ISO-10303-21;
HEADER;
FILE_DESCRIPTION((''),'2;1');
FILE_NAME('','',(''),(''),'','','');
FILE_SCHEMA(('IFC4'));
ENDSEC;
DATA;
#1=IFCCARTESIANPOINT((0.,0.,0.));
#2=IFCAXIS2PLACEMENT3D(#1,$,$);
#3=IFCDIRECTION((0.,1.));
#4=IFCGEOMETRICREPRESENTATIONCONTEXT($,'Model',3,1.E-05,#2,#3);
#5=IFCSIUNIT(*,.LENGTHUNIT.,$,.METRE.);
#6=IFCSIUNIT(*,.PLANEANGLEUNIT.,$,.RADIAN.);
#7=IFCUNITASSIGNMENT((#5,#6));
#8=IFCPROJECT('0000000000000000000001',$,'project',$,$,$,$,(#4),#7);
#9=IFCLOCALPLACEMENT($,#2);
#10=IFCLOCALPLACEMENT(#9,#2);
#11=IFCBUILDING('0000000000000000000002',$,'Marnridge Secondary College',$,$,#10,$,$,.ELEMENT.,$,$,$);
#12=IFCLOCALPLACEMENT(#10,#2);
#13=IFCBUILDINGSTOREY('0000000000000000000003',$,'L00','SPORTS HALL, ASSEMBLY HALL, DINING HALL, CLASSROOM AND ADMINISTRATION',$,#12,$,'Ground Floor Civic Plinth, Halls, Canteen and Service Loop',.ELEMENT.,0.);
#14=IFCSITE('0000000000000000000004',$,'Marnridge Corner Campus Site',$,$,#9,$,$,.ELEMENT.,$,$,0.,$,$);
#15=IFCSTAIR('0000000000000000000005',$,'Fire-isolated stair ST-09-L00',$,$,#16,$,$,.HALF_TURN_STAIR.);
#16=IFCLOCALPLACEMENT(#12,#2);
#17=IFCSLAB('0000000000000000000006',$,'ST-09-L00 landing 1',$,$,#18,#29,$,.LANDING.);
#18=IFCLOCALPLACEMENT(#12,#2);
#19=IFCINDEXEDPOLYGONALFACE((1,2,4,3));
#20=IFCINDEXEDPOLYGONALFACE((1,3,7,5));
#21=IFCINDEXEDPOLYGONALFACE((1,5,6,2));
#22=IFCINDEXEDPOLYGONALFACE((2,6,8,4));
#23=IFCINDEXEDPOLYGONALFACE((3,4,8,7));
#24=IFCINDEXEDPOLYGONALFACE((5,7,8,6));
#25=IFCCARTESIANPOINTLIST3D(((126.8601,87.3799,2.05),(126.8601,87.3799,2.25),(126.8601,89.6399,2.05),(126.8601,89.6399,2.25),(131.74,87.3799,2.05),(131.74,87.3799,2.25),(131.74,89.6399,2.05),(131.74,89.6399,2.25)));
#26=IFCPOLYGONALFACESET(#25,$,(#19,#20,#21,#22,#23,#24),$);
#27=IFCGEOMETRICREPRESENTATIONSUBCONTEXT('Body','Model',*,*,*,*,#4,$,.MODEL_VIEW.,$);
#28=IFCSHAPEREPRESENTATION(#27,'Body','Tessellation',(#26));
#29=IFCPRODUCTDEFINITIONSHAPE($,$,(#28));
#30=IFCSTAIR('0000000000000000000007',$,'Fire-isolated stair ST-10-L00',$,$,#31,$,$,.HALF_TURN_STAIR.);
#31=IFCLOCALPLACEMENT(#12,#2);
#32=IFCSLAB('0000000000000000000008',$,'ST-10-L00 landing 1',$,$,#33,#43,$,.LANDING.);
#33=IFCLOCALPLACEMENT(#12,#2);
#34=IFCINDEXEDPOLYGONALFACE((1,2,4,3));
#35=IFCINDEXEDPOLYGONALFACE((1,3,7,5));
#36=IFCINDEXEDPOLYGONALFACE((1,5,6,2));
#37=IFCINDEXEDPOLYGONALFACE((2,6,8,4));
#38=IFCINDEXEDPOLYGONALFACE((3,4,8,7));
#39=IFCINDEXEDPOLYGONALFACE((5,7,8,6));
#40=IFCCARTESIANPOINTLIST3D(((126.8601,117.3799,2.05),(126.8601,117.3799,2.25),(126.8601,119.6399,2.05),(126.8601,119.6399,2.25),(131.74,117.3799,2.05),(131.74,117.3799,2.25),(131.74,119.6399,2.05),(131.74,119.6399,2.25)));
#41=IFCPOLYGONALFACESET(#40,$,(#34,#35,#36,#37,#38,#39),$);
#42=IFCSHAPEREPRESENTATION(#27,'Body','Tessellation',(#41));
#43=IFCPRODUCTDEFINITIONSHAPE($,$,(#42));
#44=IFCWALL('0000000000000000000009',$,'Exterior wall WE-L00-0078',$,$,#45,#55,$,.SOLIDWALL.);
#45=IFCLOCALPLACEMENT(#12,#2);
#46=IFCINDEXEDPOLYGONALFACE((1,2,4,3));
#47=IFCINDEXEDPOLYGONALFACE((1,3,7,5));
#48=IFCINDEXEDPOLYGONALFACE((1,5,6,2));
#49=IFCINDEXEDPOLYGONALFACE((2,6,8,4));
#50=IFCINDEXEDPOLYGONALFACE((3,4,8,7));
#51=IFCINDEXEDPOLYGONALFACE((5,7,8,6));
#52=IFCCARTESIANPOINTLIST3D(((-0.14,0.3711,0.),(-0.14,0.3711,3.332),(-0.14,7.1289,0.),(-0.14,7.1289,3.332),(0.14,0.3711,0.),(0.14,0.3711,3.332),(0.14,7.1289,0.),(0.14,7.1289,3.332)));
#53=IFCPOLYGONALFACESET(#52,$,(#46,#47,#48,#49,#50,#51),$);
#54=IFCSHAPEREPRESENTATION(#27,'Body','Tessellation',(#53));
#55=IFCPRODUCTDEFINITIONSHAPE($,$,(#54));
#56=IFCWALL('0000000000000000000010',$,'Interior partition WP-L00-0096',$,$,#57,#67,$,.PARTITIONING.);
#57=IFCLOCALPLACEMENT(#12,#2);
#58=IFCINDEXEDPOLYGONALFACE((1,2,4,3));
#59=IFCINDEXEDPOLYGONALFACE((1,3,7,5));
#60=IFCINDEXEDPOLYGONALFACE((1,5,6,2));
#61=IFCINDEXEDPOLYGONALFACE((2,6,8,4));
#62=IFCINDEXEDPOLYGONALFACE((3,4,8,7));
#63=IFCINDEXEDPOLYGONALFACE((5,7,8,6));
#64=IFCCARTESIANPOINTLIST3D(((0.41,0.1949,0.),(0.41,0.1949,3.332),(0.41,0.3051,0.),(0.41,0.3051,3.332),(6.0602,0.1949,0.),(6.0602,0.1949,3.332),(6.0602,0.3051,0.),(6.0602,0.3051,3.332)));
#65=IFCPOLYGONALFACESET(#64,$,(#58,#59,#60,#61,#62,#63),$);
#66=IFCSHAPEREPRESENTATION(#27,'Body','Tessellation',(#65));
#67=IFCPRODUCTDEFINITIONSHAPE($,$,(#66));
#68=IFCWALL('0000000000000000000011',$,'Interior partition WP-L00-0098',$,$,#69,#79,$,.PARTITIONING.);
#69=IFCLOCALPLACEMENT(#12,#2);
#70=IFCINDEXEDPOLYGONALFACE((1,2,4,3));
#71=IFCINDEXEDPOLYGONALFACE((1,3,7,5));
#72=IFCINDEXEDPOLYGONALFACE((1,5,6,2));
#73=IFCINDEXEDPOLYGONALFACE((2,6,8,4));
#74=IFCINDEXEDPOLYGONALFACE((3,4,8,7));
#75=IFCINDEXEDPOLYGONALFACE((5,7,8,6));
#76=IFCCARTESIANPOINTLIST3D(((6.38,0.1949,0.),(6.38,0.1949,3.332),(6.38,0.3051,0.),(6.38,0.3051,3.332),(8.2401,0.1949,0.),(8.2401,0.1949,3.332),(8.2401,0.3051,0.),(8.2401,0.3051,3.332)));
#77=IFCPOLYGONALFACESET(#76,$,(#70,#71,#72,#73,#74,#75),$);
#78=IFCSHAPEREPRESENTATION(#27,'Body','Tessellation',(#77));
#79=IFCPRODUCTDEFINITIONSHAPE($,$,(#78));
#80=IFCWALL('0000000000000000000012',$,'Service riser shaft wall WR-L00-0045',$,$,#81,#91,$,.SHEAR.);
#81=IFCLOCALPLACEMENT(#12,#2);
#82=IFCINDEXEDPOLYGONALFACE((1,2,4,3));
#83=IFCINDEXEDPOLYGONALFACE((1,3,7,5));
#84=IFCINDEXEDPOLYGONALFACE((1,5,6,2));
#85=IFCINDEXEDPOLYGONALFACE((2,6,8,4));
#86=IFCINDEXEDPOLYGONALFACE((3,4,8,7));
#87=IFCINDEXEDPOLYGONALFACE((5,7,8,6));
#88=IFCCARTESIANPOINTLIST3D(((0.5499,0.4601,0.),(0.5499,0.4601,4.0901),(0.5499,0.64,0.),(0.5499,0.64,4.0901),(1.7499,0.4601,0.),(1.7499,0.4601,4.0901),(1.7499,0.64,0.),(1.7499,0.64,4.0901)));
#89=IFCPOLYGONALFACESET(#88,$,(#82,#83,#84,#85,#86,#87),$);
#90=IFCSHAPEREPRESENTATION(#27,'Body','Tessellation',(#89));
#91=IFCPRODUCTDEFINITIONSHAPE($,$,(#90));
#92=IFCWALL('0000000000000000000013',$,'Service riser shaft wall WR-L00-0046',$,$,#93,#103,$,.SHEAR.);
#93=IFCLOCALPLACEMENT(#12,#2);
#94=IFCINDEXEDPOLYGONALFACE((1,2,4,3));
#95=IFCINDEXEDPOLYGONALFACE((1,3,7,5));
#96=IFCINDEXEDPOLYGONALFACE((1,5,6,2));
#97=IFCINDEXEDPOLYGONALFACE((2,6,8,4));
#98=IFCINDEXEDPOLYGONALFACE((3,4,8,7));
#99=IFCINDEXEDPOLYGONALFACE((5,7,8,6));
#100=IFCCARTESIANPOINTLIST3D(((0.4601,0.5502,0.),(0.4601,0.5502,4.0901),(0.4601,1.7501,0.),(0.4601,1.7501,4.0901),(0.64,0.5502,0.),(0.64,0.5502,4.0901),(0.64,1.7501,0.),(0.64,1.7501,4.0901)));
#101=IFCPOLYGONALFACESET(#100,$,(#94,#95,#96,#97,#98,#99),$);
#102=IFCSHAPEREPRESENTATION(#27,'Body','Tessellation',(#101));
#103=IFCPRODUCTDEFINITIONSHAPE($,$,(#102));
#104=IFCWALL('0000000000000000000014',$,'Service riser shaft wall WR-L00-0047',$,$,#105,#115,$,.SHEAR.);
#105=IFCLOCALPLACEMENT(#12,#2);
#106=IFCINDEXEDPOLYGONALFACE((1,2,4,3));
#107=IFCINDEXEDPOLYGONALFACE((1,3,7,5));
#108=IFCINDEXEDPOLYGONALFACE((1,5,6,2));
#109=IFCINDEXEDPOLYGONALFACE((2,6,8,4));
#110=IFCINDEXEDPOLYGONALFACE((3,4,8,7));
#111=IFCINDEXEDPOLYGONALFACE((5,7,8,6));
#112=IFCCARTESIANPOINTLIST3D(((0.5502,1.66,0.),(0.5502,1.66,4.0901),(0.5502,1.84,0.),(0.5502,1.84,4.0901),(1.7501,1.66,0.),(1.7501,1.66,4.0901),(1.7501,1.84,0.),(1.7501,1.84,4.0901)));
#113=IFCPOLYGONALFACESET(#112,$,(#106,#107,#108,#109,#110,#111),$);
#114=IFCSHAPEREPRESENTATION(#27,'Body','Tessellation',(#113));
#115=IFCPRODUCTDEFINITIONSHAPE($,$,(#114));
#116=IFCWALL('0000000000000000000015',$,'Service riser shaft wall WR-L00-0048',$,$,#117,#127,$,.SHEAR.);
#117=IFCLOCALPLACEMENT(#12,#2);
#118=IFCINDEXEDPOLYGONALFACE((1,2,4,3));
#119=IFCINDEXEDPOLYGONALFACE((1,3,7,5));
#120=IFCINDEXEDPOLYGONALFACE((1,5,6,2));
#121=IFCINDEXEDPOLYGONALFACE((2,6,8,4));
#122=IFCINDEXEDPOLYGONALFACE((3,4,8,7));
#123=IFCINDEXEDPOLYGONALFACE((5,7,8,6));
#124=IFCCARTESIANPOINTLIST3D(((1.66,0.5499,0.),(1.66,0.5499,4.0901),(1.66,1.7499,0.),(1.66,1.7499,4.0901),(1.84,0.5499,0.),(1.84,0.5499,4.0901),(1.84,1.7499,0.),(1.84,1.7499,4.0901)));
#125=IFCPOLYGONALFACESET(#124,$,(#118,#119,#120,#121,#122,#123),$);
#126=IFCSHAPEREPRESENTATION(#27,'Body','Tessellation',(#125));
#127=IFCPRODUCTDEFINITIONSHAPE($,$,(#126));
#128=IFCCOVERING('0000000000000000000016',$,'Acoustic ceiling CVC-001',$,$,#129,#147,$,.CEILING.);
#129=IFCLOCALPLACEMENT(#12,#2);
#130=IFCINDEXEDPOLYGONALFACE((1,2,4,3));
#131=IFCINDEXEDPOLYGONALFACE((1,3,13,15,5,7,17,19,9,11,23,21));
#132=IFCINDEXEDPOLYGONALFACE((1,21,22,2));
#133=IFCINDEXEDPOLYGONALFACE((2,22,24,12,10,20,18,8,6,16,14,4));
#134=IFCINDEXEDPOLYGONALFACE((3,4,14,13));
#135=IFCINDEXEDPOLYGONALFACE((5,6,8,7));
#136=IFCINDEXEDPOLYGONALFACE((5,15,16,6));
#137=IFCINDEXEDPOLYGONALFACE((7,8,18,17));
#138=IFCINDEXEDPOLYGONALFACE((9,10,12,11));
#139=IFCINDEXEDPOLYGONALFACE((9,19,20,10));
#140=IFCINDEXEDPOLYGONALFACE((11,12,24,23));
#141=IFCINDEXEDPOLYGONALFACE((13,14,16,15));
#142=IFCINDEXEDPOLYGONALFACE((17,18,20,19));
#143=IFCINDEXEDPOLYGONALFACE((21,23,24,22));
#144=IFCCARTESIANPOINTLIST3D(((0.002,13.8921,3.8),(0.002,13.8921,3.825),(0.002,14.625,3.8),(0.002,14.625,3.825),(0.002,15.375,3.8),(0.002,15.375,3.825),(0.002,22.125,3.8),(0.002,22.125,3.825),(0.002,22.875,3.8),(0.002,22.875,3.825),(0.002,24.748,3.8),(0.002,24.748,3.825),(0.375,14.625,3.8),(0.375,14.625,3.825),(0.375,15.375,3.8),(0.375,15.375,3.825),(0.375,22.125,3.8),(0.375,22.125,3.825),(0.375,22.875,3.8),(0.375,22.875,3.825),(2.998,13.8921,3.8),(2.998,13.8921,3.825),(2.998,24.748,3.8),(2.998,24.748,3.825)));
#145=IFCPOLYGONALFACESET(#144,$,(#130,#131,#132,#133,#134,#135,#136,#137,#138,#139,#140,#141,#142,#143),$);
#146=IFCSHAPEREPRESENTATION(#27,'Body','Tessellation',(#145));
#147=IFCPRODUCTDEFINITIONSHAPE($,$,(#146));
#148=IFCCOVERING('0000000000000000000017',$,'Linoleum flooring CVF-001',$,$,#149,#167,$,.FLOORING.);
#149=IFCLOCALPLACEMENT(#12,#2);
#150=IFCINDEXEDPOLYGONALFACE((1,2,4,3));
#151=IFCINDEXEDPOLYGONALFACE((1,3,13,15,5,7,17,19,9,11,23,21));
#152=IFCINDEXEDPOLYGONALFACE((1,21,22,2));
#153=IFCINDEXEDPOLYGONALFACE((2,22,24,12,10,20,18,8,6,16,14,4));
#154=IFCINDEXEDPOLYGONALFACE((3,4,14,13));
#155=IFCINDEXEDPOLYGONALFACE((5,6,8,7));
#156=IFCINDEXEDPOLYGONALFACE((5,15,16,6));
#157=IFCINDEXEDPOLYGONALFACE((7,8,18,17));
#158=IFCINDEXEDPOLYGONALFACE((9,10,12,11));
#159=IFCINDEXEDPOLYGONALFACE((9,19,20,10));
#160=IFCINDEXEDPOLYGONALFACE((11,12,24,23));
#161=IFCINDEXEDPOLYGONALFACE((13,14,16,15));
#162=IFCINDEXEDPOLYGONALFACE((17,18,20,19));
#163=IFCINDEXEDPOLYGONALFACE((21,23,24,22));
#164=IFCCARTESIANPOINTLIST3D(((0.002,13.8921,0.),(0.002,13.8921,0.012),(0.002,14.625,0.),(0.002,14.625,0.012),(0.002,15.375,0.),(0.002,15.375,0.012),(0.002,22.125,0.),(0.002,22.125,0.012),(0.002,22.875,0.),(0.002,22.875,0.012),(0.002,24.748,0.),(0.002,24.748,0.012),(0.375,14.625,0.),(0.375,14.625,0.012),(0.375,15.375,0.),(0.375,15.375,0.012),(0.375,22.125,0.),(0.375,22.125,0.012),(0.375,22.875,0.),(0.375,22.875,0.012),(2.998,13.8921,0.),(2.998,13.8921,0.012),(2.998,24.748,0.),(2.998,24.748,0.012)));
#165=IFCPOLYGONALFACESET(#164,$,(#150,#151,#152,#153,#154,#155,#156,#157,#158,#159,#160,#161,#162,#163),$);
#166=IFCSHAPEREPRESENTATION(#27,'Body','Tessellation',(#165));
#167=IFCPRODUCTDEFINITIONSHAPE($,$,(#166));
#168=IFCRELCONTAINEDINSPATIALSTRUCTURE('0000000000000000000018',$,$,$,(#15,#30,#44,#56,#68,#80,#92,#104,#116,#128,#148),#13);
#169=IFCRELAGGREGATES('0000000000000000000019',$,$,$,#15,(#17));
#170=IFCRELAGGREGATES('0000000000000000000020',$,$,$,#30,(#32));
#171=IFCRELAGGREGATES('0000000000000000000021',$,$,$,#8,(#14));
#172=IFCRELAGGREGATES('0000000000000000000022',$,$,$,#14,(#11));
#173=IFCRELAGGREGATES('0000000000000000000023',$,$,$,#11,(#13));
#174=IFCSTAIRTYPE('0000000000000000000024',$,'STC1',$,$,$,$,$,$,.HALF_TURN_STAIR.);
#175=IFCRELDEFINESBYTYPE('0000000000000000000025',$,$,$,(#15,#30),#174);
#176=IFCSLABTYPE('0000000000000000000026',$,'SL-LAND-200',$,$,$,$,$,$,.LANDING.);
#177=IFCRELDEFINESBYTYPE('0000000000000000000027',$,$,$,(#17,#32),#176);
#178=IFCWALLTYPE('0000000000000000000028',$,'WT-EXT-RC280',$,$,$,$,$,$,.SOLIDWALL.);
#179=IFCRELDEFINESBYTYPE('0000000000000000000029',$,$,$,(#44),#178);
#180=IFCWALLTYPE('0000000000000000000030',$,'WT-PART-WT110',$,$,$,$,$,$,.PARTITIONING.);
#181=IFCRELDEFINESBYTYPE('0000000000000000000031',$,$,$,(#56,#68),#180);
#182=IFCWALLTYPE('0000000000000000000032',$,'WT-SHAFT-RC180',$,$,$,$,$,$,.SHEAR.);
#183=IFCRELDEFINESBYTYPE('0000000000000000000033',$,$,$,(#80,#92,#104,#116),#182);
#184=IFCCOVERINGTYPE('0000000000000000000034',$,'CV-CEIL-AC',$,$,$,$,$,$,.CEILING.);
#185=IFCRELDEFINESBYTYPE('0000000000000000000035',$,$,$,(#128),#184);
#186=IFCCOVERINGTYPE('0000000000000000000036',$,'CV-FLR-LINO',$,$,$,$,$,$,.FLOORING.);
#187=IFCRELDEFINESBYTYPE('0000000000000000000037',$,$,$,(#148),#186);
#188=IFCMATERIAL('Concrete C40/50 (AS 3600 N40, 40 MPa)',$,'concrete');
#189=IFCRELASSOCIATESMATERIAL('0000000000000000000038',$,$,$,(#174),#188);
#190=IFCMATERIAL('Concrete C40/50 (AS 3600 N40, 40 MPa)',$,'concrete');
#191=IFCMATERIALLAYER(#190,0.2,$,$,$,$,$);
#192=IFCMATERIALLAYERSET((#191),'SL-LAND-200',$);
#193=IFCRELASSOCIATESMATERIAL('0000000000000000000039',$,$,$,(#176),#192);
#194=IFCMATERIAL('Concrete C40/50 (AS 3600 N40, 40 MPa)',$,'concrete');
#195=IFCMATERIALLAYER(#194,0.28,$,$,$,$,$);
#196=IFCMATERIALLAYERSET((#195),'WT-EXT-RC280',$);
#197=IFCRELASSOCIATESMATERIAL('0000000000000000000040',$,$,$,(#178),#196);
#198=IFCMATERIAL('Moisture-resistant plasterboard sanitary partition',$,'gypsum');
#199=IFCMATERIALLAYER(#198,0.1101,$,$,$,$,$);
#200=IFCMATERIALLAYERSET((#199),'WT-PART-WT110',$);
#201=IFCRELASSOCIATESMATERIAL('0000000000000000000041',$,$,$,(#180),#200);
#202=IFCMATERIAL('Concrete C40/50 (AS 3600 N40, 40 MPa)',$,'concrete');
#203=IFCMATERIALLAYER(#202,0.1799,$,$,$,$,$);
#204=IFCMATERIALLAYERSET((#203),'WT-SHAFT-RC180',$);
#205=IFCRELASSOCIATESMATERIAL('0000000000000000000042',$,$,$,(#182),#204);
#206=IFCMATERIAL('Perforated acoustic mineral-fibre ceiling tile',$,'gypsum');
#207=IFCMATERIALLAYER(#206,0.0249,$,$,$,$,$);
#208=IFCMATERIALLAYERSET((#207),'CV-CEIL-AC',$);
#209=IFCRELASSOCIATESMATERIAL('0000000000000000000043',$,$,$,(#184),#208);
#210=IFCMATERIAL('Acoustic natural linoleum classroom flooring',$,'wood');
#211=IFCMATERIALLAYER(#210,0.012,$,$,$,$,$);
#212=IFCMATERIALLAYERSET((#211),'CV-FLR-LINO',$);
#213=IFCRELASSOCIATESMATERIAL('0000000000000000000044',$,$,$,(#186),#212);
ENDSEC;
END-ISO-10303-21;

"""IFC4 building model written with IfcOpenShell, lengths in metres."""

from ifc_helpers import new_model, si_unit, direction, frame, frame_2d, origin, place, context, subcontext, project, spatial, polyline, rectangle, outline, extrude, material, layer, layer_set, type_object, element, aggregate, save


model = new_model("IFC4")

# Units and contexts
model_context = context("Model", 3, precision=1e-05, world=origin(), true_north=direction((0.0, 1.0)))
body_context = subcontext(model_context, "Body", "Model", "MODEL_VIEW")
ifc_project = project(units=[si_unit("LENGTHUNIT", "METRE"), si_unit("PLANEANGLEUNIT", "RADIAN")], contexts=[model_context])

# Site, building, storey
site_placement = place(None, origin())
site = spatial("IfcSite", under=ifc_project, at=site_placement, Name="Marnridge Corner Campus Site", CompositionType="ELEMENT", RefElevation=0.0)
building_placement = place(site_placement, origin())
building = spatial("IfcBuilding", under=site, at=building_placement, Name="Marnridge Secondary College", CompositionType="ELEMENT")
storey_placement = place(building_placement, origin())
storey = spatial("IfcBuildingStorey", under=building, at=storey_placement, Name="L00", Description="SPORTS HALL, ASSEMBLY HALL, DINING HALL, CLASSROOM AND ADMINISTRATION", LongName="Ground Floor Civic Plinth, Halls, Canteen and Service Loop", CompositionType="ELEMENT", Elevation=0.0)

# Stairs, slabs
ifc_material_1 = material(Name="Concrete C40/50 (AS 3600 N40, 40 MPa)", Category="concrete")
stair_type = type_object("IfcStairType", Name="STC1", PredefinedType="HALF_TURN_STAIR", material=ifc_material_1)
ifc_material_2 = material(Name="Concrete C40/50 (AS 3600 N40, 40 MPa)", Category="concrete")
ifc_layer_1 = layer(ifc_material_2, 0.2)
ifc_layer_set_1 = layer_set([ifc_layer_1], Name="SL-LAND-200")
slab_type = type_object("IfcSlabType", Name="SL-LAND-200", PredefinedType="LANDING", material=ifc_layer_set_1)
stair_1_placement = place(storey_placement, origin())
stair_1 = element("IfcStair", 1, at=stair_1_placement, inside=storey, type_object=stair_type, Name="Fire-isolated stair ST-09-L00", PredefinedType="HALF_TURN_STAIR")
slab_1_placement = place(storey_placement, frame((0.0, 0.0, 2.05)))
slab_1 = element("IfcSlab", 2, at=slab_1_placement, type_object=slab_type, Name="ST-09-L00 landing 1", PredefinedType="LANDING", context=body_context, shape_type="SweptSolid", body=[
    extrude(outline(polyline([(126.8601, 87.3799), (131.74, 87.3799), (131.74, 89.6399), (126.8601, 89.6399), (126.8601, 87.3799)])), origin(), (0.0, 0.0, 1.0), 0.2),
])
aggregate(stair_1, [slab_1])
stair_2_placement = place(storey_placement, origin())
stair_2 = element("IfcStair", 3, at=stair_2_placement, inside=storey, type_object=stair_type, Name="Fire-isolated stair ST-10-L00", PredefinedType="HALF_TURN_STAIR")
slab_2_placement = place(storey_placement, frame((0.0, 0.0, 2.05)))
slab_2 = element("IfcSlab", 4, at=slab_2_placement, type_object=slab_type, Name="ST-10-L00 landing 1", PredefinedType="LANDING", context=body_context, shape_type="SweptSolid", body=[
    extrude(outline(polyline([(126.8601, 117.3799), (131.74, 117.3799), (131.74, 119.6399), (126.8601, 119.6399), (126.8601, 117.3799)])), origin(), (0.0, 0.0, 1.0), 0.2),
])
aggregate(stair_2, [slab_2])

# Walls
ifc_material_3 = material(Name="Concrete C40/50 (AS 3600 N40, 40 MPa)", Category="concrete")
ifc_layer_2 = layer(ifc_material_3, 0.28)
ifc_layer_set_2 = layer_set([ifc_layer_2], Name="WT-EXT-RC280")
wall_type_1 = type_object("IfcWallType", Name="WT-EXT-RC280", PredefinedType="SOLIDWALL", material=ifc_layer_set_2)
wall_1_placement = place(storey_placement, frame((0.0, 0.3711, 0.0), z_axis=(0.0, 0.0, 1.0), x_axis=(0.0, 1.0, 0.0)))
element("IfcWall", 5, at=wall_1_placement, inside=storey, type_object=wall_type_1, Name="Exterior wall WE-L00-0078", PredefinedType="SOLIDWALL", context=body_context, shape_type="SweptSolid", body=[
    extrude(rectangle(XDim=6.7578, YDim=0.28, at=frame_2d((3.3789, 0.0))), origin(), (0.0, 0.0, 1.0), 3.332),
])
ifc_material_4 = material(Name="Moisture-resistant plasterboard sanitary partition", Category="gypsum")
ifc_layer_3 = layer(ifc_material_4, 0.1101)
ifc_layer_set_3 = layer_set([ifc_layer_3], Name="WT-PART-WT110")
wall_type_2 = type_object("IfcWallType", Name="WT-PART-WT110", PredefinedType="PARTITIONING", material=ifc_layer_set_3)
wall_2_placement = place(storey_placement, frame((0.4099, 0.25, 0.0), z_axis=(0.0, 0.0, 1.0), x_axis=(1.0, 0.0, 0.0)))
element("IfcWall", 6, at=wall_2_placement, inside=storey, type_object=wall_type_2, Name="Interior partition WP-L00-0096", PredefinedType="PARTITIONING", context=body_context, shape_type="SweptSolid", body=[
    extrude(rectangle(XDim=5.6501, YDim=0.1101, at=frame_2d((2.8252, 0.0))), origin(), (0.0, 0.0, 1.0), 3.332),
])
wall_3_placement = place(storey_placement, frame((6.3799, 0.25, 0.0), z_axis=(0.0, 0.0, 1.0), x_axis=(1.0, 0.0, 0.0)))
element("IfcWall", 7, at=wall_3_placement, inside=storey, type_object=wall_type_2, Name="Interior partition WP-L00-0098", PredefinedType="PARTITIONING", context=body_context, shape_type="SweptSolid", body=[
    extrude(rectangle(XDim=1.8601, YDim=0.1101, at=frame_2d((0.9302, 0.0))), origin(), (0.0, 0.0, 1.0), 3.332),
])
ifc_material_5 = material(Name="Concrete C40/50 (AS 3600 N40, 40 MPa)", Category="concrete")
ifc_layer_4 = layer(ifc_material_5, 0.1799)
ifc_layer_set_4 = layer_set([ifc_layer_4], Name="WT-SHAFT-RC180")
wall_type_3 = type_object("IfcWallType", Name="WT-SHAFT-RC180", PredefinedType="SHEAR", material=ifc_layer_set_4)
for number, where, z_axis, x_axis, name in (
    (8, (1.75, 0.55, 0.0), (0.0, 0.0, 1.0), (-1.0, 0.0, 0.0), "Service riser shaft wall WR-L00-0045"),
    (9, (0.55, 0.55, 0.0), (0.0, 0.0, 1.0), (0.0, 1.0, 0.0), "Service riser shaft wall WR-L00-0046"),
    (10, (0.55, 1.75, 0.0), (0.0, 0.0, 1.0), (1.0, 0.0, 0.0), "Service riser shaft wall WR-L00-0047"),
    (11, (1.75, 1.75, 0.0), (0.0, 0.0, 1.0), (0.0, -1.0, 0.0), "Service riser shaft wall WR-L00-0048"),
):
    element("IfcWall", number, at=place(storey_placement, frame(where, z_axis=z_axis, x_axis=x_axis)), inside=storey, type_object=wall_type_3, Name=name, PredefinedType="SHEAR", context=body_context, shape_type="SweptSolid", body=[
        extrude(rectangle(XDim=1.2, YDim=0.1799, at=frame_2d((0.6001, 0.0))), origin(), (0.0, 0.0, 1.0), 4.0901),
    ])

# Coverings
ifc_material_6 = material(Name="Perforated acoustic mineral-fibre ceiling tile", Category="gypsum")
ifc_layer_5 = layer(ifc_material_6, 0.0249)
ifc_layer_set_5 = layer_set([ifc_layer_5], Name="CV-CEIL-AC")
covering_type_1 = type_object("IfcCoveringType", Name="CV-CEIL-AC", PredefinedType="CEILING", material=ifc_layer_set_5)
covering_1_placement = place(storey_placement, frame((0.0, 0.0, 3.8)))
element("IfcCovering", 12, at=covering_1_placement, inside=storey, type_object=covering_type_1, Name="Acoustic ceiling CVC-001", PredefinedType="CEILING", context=body_context, shape_type="SweptSolid", body=[
    extrude(outline(polyline([(2.998, 13.8921), (0.002, 13.8921), (0.002, 14.625), (0.375, 14.625), (0.375, 15.375), (0.002, 15.375), (0.002, 22.125), (0.375, 22.125), (0.375, 22.875), (0.002, 22.875), (0.002, 24.748), (2.998, 24.748), (2.998, 13.8921)])), origin(), (0.0, 0.0, 1.0), 0.0249),
])
ifc_material_7 = material(Name="Acoustic natural linoleum classroom flooring", Category="wood")
ifc_layer_6 = layer(ifc_material_7, 0.012)
ifc_layer_set_6 = layer_set([ifc_layer_6], Name="CV-FLR-LINO")
covering_type_2 = type_object("IfcCoveringType", Name="CV-FLR-LINO", PredefinedType="FLOORING", material=ifc_layer_set_6)
covering_2_placement = place(storey_placement, origin())
element("IfcCovering", 13, at=covering_2_placement, inside=storey, type_object=covering_type_2, Name="Linoleum flooring CVF-001", PredefinedType="FLOORING", context=body_context, shape_type="SweptSolid", body=[
    extrude(outline(polyline([(2.998, 13.8921), (0.002, 13.8921), (0.002, 14.625), (0.375, 14.625), (0.375, 15.375), (0.002, 15.375), (0.002, 22.125), (0.375, 22.125), (0.375, 22.875), (0.002, 22.875), (0.002, 24.748), (2.998, 24.748), (2.998, 13.8921)])), origin(), (0.0, 0.0, 1.0), 0.012),
])

save(model, "model.ifc")
